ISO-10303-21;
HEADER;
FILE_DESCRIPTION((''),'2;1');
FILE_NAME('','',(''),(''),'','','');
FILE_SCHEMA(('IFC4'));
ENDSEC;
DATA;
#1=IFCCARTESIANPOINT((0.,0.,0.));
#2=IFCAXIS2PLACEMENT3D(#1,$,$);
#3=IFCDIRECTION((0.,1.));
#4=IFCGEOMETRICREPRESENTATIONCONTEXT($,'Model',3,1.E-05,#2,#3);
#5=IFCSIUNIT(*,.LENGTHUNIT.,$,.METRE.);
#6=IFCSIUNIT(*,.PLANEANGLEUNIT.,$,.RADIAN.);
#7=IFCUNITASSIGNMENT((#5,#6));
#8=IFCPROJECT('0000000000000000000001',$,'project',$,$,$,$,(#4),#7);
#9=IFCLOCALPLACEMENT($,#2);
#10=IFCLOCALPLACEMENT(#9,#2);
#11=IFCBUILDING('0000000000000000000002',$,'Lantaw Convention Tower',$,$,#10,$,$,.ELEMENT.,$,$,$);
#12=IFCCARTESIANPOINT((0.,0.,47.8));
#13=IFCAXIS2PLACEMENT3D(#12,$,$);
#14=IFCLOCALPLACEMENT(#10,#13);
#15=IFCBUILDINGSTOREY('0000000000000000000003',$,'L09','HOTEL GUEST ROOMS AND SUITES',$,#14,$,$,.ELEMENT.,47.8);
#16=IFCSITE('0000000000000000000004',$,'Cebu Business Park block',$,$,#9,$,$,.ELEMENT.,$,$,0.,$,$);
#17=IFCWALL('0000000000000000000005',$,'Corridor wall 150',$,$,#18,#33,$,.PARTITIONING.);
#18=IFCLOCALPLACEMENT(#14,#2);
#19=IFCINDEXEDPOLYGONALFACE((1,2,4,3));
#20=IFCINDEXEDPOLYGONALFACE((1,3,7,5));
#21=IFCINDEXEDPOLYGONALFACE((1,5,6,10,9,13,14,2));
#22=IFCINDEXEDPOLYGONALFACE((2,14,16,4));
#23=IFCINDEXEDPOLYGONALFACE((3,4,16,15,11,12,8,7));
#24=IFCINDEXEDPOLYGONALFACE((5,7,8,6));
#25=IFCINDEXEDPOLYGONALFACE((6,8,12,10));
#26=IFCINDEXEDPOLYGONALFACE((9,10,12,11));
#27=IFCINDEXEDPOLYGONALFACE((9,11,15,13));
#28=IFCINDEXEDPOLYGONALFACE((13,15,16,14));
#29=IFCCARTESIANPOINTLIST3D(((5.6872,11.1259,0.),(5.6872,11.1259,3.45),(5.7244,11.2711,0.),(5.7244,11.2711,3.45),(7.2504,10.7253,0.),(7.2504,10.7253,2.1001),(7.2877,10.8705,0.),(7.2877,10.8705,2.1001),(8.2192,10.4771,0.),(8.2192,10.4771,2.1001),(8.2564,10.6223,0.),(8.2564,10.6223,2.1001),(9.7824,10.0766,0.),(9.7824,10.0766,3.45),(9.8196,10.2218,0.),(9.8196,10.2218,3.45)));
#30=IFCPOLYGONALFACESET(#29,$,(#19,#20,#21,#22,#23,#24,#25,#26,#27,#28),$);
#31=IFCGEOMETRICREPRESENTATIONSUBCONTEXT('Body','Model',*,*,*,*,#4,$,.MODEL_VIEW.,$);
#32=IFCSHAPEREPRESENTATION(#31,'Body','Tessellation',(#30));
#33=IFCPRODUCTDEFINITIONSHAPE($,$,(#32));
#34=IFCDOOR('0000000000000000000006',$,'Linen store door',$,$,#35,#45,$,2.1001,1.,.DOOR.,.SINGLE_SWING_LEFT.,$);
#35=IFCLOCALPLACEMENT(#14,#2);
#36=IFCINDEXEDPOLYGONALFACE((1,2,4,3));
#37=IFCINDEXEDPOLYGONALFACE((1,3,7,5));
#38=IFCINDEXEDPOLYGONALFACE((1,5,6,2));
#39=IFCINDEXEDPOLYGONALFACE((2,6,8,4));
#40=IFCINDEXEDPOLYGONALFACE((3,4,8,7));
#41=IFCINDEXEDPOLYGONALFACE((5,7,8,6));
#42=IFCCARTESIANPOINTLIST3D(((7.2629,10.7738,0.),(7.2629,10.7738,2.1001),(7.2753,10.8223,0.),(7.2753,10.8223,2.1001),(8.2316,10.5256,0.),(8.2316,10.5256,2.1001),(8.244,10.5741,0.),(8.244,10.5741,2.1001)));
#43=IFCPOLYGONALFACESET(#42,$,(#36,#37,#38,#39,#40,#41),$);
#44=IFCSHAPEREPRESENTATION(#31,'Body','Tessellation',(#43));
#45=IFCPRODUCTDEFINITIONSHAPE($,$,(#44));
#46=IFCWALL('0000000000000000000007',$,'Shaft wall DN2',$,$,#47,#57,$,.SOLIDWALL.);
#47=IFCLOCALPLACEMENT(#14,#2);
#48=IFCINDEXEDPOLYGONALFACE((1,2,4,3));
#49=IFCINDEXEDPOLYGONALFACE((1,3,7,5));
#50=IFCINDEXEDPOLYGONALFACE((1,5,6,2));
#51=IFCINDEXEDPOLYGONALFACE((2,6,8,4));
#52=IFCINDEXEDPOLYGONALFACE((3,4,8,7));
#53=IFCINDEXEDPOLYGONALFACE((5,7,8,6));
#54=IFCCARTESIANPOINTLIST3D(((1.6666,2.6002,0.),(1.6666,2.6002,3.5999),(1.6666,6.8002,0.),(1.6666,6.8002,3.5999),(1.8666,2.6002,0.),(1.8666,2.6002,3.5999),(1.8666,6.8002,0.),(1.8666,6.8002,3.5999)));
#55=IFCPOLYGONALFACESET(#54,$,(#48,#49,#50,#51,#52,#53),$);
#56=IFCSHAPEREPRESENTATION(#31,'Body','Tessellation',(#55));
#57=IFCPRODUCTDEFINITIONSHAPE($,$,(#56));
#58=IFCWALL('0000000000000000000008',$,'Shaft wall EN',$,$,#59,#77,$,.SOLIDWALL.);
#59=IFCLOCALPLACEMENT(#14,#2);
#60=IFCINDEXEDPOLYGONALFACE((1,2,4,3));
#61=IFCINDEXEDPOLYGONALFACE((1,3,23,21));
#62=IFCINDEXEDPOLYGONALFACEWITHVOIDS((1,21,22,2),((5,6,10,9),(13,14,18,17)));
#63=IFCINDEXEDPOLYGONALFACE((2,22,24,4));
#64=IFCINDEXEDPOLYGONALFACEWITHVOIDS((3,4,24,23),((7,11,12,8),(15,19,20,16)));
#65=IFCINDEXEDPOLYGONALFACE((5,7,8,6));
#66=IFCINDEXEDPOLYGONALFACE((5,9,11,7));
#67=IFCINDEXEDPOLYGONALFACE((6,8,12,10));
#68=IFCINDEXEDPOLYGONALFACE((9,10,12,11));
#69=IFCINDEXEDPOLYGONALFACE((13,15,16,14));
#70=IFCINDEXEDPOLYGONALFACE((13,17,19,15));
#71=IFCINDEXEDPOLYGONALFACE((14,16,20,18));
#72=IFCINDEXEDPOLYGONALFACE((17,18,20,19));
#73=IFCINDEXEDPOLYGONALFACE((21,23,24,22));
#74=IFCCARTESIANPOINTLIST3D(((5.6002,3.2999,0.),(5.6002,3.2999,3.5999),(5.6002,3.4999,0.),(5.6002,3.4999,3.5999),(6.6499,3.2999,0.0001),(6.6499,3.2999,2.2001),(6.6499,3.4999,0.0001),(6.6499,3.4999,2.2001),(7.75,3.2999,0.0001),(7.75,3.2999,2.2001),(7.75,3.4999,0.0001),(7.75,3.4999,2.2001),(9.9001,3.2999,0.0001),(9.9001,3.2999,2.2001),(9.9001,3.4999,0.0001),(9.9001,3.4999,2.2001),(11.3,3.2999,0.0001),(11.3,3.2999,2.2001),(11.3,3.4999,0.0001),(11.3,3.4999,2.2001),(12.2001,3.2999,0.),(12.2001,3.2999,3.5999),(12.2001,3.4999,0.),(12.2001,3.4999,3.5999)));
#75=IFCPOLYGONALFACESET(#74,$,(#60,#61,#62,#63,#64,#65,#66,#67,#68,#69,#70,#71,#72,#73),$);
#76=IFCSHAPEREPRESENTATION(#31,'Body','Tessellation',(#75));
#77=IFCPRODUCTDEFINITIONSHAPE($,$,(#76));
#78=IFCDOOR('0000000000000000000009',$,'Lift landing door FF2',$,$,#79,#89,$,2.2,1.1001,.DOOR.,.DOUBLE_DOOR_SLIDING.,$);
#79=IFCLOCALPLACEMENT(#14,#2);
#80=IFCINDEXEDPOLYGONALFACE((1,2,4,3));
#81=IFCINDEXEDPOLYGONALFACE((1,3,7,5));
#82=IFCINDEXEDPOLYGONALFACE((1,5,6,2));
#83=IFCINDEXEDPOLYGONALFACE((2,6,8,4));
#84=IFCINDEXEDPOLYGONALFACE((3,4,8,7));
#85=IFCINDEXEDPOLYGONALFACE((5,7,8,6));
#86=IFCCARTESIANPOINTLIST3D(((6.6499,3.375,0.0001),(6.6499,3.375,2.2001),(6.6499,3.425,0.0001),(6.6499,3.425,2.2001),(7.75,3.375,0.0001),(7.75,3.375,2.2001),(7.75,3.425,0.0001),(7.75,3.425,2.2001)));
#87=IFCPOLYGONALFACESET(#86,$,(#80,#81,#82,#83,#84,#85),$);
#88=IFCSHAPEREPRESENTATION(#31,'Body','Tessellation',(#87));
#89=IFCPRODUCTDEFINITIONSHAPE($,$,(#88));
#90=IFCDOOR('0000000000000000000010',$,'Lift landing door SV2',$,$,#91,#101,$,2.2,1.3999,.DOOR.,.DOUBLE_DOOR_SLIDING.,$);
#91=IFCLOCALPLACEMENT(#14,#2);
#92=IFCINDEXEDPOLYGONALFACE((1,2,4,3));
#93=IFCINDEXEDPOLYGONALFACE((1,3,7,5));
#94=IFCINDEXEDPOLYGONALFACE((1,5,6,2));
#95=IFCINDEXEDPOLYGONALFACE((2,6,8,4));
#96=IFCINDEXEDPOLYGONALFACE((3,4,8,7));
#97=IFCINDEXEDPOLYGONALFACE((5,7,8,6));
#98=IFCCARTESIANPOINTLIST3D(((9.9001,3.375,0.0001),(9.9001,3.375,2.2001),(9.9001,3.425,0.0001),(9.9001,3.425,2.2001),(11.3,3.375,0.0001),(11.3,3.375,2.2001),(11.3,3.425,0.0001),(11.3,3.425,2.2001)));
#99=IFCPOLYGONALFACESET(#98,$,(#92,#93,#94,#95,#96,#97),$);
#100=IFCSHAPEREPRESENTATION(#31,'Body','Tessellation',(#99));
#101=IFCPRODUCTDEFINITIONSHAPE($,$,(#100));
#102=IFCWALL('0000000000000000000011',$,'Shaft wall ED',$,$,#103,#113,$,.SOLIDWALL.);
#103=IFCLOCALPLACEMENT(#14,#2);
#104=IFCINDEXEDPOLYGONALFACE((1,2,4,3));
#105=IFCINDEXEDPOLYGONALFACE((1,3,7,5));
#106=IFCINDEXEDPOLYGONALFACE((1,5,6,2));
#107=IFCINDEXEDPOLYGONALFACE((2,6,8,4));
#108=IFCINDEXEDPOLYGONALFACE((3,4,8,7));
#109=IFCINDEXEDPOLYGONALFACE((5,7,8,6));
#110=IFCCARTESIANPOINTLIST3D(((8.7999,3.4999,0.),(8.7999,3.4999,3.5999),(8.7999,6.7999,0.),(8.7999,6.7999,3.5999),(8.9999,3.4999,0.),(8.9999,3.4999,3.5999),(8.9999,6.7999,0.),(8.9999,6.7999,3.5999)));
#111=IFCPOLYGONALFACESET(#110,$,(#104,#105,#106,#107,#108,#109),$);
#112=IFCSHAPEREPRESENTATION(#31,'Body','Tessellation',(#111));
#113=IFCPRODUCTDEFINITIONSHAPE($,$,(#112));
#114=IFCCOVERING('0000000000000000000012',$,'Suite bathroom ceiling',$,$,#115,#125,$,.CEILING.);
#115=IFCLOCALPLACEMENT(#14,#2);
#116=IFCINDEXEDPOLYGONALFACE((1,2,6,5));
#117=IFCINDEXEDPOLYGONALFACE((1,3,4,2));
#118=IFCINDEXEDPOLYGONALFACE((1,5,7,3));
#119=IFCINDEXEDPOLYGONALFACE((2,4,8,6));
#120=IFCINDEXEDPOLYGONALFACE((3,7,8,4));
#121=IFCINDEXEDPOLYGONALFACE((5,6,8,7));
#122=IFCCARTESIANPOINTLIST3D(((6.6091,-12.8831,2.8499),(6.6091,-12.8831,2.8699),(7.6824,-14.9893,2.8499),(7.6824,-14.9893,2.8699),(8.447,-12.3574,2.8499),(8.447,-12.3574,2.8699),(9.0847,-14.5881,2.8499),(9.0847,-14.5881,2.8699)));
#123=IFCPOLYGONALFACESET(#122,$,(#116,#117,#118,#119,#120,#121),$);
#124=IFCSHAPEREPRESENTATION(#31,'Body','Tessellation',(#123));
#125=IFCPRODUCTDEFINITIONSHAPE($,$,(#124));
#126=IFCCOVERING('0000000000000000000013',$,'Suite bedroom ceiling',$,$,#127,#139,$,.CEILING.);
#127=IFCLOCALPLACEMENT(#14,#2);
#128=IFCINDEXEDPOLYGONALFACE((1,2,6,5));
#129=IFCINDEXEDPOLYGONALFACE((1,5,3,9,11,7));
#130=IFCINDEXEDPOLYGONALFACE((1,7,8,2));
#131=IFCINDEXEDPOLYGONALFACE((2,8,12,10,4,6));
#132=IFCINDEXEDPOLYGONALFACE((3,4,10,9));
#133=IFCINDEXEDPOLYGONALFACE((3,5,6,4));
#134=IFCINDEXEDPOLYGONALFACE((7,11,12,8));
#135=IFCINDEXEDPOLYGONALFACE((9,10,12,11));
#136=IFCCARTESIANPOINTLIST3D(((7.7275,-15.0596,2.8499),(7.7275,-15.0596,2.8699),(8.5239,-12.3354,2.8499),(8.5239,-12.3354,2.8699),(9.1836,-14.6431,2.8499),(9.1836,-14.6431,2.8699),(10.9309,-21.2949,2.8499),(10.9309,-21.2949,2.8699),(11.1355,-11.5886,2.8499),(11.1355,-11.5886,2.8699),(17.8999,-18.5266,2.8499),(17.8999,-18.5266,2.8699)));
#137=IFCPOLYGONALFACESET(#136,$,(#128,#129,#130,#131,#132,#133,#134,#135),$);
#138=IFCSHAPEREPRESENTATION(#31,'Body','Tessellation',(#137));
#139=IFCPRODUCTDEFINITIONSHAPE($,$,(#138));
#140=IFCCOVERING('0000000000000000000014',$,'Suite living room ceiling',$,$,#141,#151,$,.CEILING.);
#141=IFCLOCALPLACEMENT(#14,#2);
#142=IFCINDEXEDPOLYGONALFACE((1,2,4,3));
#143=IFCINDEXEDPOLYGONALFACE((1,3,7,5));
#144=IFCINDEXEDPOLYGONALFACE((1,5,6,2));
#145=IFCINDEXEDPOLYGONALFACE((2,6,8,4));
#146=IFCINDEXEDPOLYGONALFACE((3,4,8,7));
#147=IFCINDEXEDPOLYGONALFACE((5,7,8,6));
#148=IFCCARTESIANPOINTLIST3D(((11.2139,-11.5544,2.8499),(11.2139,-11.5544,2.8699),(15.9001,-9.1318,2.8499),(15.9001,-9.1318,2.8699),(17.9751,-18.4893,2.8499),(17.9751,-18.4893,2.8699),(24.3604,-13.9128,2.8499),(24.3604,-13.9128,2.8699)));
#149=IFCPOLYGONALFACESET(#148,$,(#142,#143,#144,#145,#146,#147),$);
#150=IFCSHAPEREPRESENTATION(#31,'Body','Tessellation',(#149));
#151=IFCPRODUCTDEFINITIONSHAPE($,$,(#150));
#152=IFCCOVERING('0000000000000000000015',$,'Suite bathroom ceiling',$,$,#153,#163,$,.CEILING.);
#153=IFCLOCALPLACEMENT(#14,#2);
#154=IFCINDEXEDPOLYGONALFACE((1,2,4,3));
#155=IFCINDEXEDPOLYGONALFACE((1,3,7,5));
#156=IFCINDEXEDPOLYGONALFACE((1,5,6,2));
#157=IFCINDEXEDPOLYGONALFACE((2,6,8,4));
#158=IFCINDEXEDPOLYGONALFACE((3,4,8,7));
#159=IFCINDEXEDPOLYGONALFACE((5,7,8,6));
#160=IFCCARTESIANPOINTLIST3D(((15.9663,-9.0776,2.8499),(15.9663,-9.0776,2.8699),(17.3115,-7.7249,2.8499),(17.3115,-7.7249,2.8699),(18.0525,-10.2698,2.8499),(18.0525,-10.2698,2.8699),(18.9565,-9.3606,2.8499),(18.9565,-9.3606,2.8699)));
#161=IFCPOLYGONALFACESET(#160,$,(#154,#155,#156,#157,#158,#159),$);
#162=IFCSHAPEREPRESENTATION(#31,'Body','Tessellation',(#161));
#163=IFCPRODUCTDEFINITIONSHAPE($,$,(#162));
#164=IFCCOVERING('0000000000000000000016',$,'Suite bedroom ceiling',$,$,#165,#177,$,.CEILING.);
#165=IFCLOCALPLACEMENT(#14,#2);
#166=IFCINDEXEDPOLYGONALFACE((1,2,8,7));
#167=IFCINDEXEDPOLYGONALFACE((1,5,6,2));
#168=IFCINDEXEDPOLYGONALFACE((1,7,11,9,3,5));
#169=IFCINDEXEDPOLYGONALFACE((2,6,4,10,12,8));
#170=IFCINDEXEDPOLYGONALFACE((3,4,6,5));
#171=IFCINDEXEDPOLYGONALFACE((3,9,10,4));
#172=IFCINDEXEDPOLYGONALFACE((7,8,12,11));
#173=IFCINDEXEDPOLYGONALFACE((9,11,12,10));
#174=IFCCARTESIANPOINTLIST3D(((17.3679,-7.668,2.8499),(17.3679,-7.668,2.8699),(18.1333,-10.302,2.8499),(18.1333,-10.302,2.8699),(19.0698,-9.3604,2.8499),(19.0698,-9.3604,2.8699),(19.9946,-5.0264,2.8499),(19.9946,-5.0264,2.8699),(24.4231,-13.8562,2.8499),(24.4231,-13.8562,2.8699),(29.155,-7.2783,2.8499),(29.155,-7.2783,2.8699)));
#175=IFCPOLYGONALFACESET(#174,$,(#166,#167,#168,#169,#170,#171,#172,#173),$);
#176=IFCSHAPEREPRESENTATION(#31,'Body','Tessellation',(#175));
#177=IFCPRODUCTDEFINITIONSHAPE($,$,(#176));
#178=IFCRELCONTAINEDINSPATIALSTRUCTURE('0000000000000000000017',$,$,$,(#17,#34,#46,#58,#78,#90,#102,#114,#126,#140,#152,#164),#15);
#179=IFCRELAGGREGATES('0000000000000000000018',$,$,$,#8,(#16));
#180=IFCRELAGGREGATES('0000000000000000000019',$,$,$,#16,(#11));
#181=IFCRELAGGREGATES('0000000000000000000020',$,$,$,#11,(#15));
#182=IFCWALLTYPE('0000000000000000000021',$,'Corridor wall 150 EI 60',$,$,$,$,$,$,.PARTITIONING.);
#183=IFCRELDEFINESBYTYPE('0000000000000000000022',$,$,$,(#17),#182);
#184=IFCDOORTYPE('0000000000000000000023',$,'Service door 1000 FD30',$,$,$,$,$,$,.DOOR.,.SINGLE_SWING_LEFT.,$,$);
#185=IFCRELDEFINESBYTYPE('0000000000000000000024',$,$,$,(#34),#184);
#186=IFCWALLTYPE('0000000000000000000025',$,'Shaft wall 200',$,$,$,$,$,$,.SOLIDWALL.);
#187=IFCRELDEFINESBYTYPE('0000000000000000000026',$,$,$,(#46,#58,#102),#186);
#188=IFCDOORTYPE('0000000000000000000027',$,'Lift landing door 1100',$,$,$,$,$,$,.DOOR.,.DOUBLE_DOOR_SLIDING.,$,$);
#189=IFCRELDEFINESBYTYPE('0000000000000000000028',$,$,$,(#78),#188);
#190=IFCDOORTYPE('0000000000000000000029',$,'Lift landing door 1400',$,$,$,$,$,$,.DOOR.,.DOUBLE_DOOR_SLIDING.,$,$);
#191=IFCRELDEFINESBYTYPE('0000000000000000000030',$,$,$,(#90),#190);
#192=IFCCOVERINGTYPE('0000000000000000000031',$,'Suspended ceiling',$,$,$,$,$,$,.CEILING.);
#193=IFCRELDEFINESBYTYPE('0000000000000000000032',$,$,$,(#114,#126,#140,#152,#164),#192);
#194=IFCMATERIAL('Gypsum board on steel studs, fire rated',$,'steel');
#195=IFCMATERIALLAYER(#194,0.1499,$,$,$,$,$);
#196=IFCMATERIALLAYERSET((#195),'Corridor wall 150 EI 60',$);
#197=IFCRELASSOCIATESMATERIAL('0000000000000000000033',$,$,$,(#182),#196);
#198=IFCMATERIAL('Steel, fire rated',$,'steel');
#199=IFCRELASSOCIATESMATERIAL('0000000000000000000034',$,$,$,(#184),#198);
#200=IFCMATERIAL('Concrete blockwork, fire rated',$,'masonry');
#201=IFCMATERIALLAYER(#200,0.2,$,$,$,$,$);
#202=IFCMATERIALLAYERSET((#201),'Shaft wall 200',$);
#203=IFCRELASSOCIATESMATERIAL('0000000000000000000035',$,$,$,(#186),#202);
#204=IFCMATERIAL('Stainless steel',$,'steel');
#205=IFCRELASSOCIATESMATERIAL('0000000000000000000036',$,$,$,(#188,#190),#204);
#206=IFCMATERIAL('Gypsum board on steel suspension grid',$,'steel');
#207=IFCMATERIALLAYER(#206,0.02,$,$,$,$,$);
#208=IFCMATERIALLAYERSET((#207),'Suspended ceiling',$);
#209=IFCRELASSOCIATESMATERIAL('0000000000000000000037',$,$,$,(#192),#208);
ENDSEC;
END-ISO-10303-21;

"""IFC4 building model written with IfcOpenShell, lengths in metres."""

from ifc_helpers import new_model, si_unit, direction, frame, frame_2d, origin, place, context, subcontext, project, spatial, polyline, rectangle, outline, extrude, material, layer, layer_set, type_object, element, fill, save


model = new_model("IFC4")

# Units and contexts
model_context = context("Model", 3, precision=1e-05, world=origin(), true_north=direction((0.0, 1.0)))
body_context = subcontext(model_context, "Body", "Model", "MODEL_VIEW")
ifc_project = project(units=[si_unit("LENGTHUNIT", "METRE"), si_unit("PLANEANGLEUNIT", "RADIAN")], contexts=[model_context])

# Site, building, storey
site_placement = place(None, origin())
site = spatial("IfcSite", under=ifc_project, at=site_placement, Name="Cebu Business Park block", CompositionType="ELEMENT", RefElevation=0.0)
building_placement = place(site_placement, origin())
building = spatial("IfcBuilding", under=site, at=building_placement, Name="Lantaw Convention Tower", CompositionType="ELEMENT")
storey_placement = place(building_placement, frame((0.0, 0.0, 47.8)))
storey = spatial("IfcBuildingStorey", under=building, at=storey_placement, Name="L09", Description="HOTEL GUEST ROOMS AND SUITES", CompositionType="ELEMENT", Elevation=47.8)

# Wall, opening, door
ifc_material_1 = material(Name="Gypsum board on steel studs, fire rated", Category="steel")
ifc_layer_1 = layer(ifc_material_1, 0.1499)
ifc_layer_set_1 = layer_set([ifc_layer_1], Name="Corridor wall 150 EI 60")
wall_type_1 = type_object("IfcWallType", Name="Corridor wall 150 EI 60", PredefinedType="PARTITIONING", material=ifc_layer_set_1)
wall_1_placement = place(storey_placement, frame((9.801, 10.1492, 0.0), z_axis=(0.0, 0.0, 1.0), x_axis=(-0.968706, 0.248211, 0.0)))
wall_1 = element("IfcWall", 1, at=wall_1_placement, inside=storey, type_object=wall_type_1, Name="Corridor wall 150", PredefinedType="PARTITIONING", context=body_context, shape_type="SweptSolid", body=[
    extrude(rectangle(XDim=4.2275, YDim=0.1499, at=frame_2d((2.1138, 0.0))), origin(), (0.0, 0.0, 1.0), 3.45),
])
opening_1_placement = place(wall_1_placement, frame((1.6138, 0.0, 0.0)))
opening_1 = element("IfcOpeningElement", 2, at=opening_1_placement, cuts=wall_1, PredefinedType="OPENING", context=body_context, shape_type="SweptSolid", body=[
    extrude(rectangle(XDim=1.0, YDim=2.1001, at=frame_2d((0.5, 1.05))), frame((0.0, 0.085, 0.0), z_axis=(0.0, -1.0, 0.0), x_axis=(1.0, 0.0, 0.0)), (0.0, 0.0, 1.0), 0.1699),
])
ifc_material_2 = material(Name="Steel, fire rated", Category="steel")
door_type_1 = type_object("IfcDoorType", Name="Service door 1000 FD30", OperationType="SINGLE_SWING_LEFT", PredefinedType="DOOR", material=ifc_material_2)
door_1_placement = place(opening_1_placement, origin())
door_1 = element("IfcDoor", 3, at=door_1_placement, inside=storey, type_object=door_type_1, Name="Linen store door", OperationType="SINGLE_SWING_LEFT", OverallHeight=2.1001, OverallWidth=1.0, PredefinedType="DOOR", context=body_context, shape_type="SweptSolid", body=[
    extrude(rectangle(XDim=1.0, YDim=2.1001, at=frame_2d((0.5, 1.05))), frame((0.0, 0.0249, 0.0), z_axis=(0.0, -1.0, 0.0), x_axis=(1.0, 0.0, 0.0)), (0.0, 0.0, 1.0), 0.05),
])
fill(opening_1, door_1)

# Wall
ifc_material_3 = material(Name="Concrete blockwork, fire rated", Category="masonry")
ifc_layer_2 = layer(ifc_material_3, 0.2)
ifc_layer_set_2 = layer_set([ifc_layer_2], Name="Shaft wall 200")
wall_type_2 = type_object("IfcWallType", Name="Shaft wall 200", PredefinedType="SOLIDWALL", material=ifc_layer_set_2)
wall_2_placement = place(storey_placement, frame((1.7666, 2.6001, 0.0), z_axis=(0.0, 0.0, 1.0), x_axis=(0.0, 1.0, 0.0)))
element("IfcWall", 4, at=wall_2_placement, inside=storey, type_object=wall_type_2, Name="Shaft wall DN2", PredefinedType="SOLIDWALL", context=body_context, shape_type="SweptSolid", body=[
    extrude(rectangle(XDim=4.2, YDim=0.2, at=frame_2d((2.1001, 0.0))), origin(), (0.0, 0.0, 1.0), 3.5999),
])

# Wall, openings, doors
wall_3_placement = place(storey_placement, frame((12.2, 3.3999, 0.0), z_axis=(0.0, 0.0, 1.0), x_axis=(-1.0, 0.0, 0.0)))
wall_3 = element("IfcWall", 5, at=wall_3_placement, inside=storey, type_object=wall_type_2, Name="Shaft wall EN", PredefinedType="SOLIDWALL", context=body_context, shape_type="SweptSolid", body=[
    extrude(rectangle(XDim=6.5999, YDim=0.2, at=frame_2d((3.2998, 0.0))), origin(), (0.0, 0.0, 1.0), 3.5999),
])
opening_2_placement = place(wall_3_placement, frame((4.45, 0.0, 0.0)))
opening_2 = element("IfcOpeningElement", 6, at=opening_2_placement, cuts=wall_3, PredefinedType="OPENING", context=body_context, shape_type="SweptSolid", body=[
    extrude(rectangle(XDim=1.1001, YDim=2.2, at=frame_2d((0.55, 1.1001))), frame((0.0, 0.1099, 0.0), z_axis=(0.0, -1.0, 0.0), x_axis=(1.0, 0.0, 0.0)), (0.0, 0.0, 1.0), 0.22),
])
opening_3_placement = place(wall_3_placement, frame((0.8999, 0.0, 0.0)))
opening_3 = element("IfcOpeningElement", 7, at=opening_3_placement, cuts=wall_3, PredefinedType="OPENING", context=body_context, shape_type="SweptSolid", body=[
    extrude(rectangle(XDim=1.3999, YDim=2.2, at=frame_2d((0.7, 1.1001))), frame((0.0, 0.1099, 0.0), z_axis=(0.0, -1.0, 0.0), x_axis=(1.0, 0.0, 0.0)), (0.0, 0.0, 1.0), 0.22),
])
ifc_material_4 = material(Name="Stainless steel", Category="steel")
door_type_2 = type_object("IfcDoorType", Name="Lift landing door 1100", OperationType="DOUBLE_DOOR_SLIDING", PredefinedType="DOOR", material=ifc_material_4)
door_2_placement = place(opening_2_placement, origin())
door_2 = element("IfcDoor", 8, at=door_2_placement, inside=storey, type_object=door_type_2, Name="Lift landing door FF2", OperationType="DOUBLE_DOOR_SLIDING", OverallHeight=2.2, OverallWidth=1.1001, PredefinedType="DOOR", context=body_context, shape_type="SweptSolid", body=[
    extrude(rectangle(XDim=1.1001, YDim=2.2, at=frame_2d((0.55, 1.1001))), frame((0.0, 0.0249, 0.0), z_axis=(0.0, -1.0, 0.0), x_axis=(1.0, 0.0, 0.0)), (0.0, 0.0, 1.0), 0.05),
])
fill(opening_2, door_2)
door_type_3 = type_object("IfcDoorType", Name="Lift landing door 1400", OperationType="DOUBLE_DOOR_SLIDING", PredefinedType="DOOR", material=ifc_material_4)
door_3_placement = place(opening_3_placement, origin())
door_3 = element("IfcDoor", 9, at=door_3_placement, inside=storey, type_object=door_type_3, Name="Lift landing door SV2", OperationType="DOUBLE_DOOR_SLIDING", OverallHeight=2.2, OverallWidth=1.3999, PredefinedType="DOOR", context=body_context, shape_type="SweptSolid", body=[
    extrude(rectangle(XDim=1.3999, YDim=2.2, at=frame_2d((0.7, 1.1001))), frame((0.0, 0.0249, 0.0), z_axis=(0.0, -1.0, 0.0), x_axis=(1.0, 0.0, 0.0)), (0.0, 0.0, 1.0), 0.05),
])
fill(opening_3, door_3)

# Wall
wall_4_placement = place(storey_placement, frame((8.8999, 3.5, 0.0), z_axis=(0.0, 0.0, 1.0), x_axis=(0.0, 1.0, 0.0)))
element("IfcWall", 10, at=wall_4_placement, inside=storey, type_object=wall_type_2, Name="Shaft wall ED", PredefinedType="SOLIDWALL", context=body_context, shape_type="SweptSolid", body=[
    extrude(rectangle(XDim=3.3, YDim=0.2, at=frame_2d((1.6499, 0.0))), origin(), (0.0, 0.0, 1.0), 3.5999),
])

# Coverings
ifc_material_5 = material(Name="Gypsum board on steel suspension grid", Category="steel")
ifc_layer_3 = layer(ifc_material_5, 0.02)
ifc_layer_set_3 = layer_set([ifc_layer_3], Name="Suspended ceiling")
covering_type = type_object("IfcCoveringType", Name="Suspended ceiling", PredefinedType="CEILING", material=ifc_layer_set_3)
covering_1_placement = place(storey_placement, frame((0.0, 0.0, 2.8499)))
element("IfcCovering", 11, at=covering_1_placement, inside=storey, type_object=covering_type, Name="Suite bathroom ceiling", PredefinedType="CEILING", context=body_context, shape_type="SweptSolid", body=[
    extrude(outline(polyline([(6.6091, -12.8831), (7.6824, -14.9893), (9.0847, -14.5881), (8.447, -12.3574), (6.6091, -12.8831)])), origin(), (0.0, 0.0, 1.0), 0.02),
])
covering_2_placement = place(storey_placement, frame((0.0, 0.0, 2.8499)))
element("IfcCovering", 12, at=covering_2_placement, inside=storey, type_object=covering_type, Name="Suite bedroom ceiling", PredefinedType="CEILING", context=body_context, shape_type="SweptSolid", body=[
    extrude(outline(polyline([(11.1355, -11.5886), (8.5239, -12.3354), (9.1836, -14.6431), (7.7275, -15.0596), (10.9309, -21.2949), (17.8999, -18.5266), (11.1355, -11.5886)])), origin(), (0.0, 0.0, 1.0), 0.02),
])
covering_3_placement = place(storey_placement, frame((0.0, 0.0, 2.8499)))
element("IfcCovering", 13, at=covering_3_placement, inside=storey, type_object=covering_type, Name="Suite living room ceiling", PredefinedType="CEILING", context=body_context, shape_type="SweptSolid", body=[
    extrude(outline(polyline([(11.2139, -11.5544), (17.9751, -18.4893), (24.3604, -13.9128), (15.9001, -9.1318), (11.2139, -11.5544)])), origin(), (0.0, 0.0, 1.0), 0.02),
])
covering_4_placement = place(storey_placement, frame((0.0, 0.0, 2.8499)))
element("IfcCovering", 14, at=covering_4_placement, inside=storey, type_object=covering_type, Name="Suite bathroom ceiling", PredefinedType="CEILING", context=body_context, shape_type="SweptSolid", body=[
    extrude(outline(polyline([(15.9663, -9.0776), (18.0525, -10.2698), (18.9565, -9.3606), (17.3115, -7.7249), (15.9663, -9.0776)])), origin(), (0.0, 0.0, 1.0), 0.02),
])
covering_5_placement = place(storey_placement, frame((0.0, 0.0, 2.8499)))
element("IfcCovering", 15, at=covering_5_placement, inside=storey, type_object=covering_type, Name="Suite bedroom ceiling", PredefinedType="CEILING", context=body_context, shape_type="SweptSolid", body=[
    extrude(outline(polyline([(17.3679, -7.668), (19.0698, -9.3604), (18.1333, -10.302), (24.4231, -13.8562), (29.155, -7.2783), (19.9946, -5.0264), (17.3679, -7.668)])), origin(), (0.0, 0.0, 1.0), 0.02),
])

save(model, "model.ifc")
